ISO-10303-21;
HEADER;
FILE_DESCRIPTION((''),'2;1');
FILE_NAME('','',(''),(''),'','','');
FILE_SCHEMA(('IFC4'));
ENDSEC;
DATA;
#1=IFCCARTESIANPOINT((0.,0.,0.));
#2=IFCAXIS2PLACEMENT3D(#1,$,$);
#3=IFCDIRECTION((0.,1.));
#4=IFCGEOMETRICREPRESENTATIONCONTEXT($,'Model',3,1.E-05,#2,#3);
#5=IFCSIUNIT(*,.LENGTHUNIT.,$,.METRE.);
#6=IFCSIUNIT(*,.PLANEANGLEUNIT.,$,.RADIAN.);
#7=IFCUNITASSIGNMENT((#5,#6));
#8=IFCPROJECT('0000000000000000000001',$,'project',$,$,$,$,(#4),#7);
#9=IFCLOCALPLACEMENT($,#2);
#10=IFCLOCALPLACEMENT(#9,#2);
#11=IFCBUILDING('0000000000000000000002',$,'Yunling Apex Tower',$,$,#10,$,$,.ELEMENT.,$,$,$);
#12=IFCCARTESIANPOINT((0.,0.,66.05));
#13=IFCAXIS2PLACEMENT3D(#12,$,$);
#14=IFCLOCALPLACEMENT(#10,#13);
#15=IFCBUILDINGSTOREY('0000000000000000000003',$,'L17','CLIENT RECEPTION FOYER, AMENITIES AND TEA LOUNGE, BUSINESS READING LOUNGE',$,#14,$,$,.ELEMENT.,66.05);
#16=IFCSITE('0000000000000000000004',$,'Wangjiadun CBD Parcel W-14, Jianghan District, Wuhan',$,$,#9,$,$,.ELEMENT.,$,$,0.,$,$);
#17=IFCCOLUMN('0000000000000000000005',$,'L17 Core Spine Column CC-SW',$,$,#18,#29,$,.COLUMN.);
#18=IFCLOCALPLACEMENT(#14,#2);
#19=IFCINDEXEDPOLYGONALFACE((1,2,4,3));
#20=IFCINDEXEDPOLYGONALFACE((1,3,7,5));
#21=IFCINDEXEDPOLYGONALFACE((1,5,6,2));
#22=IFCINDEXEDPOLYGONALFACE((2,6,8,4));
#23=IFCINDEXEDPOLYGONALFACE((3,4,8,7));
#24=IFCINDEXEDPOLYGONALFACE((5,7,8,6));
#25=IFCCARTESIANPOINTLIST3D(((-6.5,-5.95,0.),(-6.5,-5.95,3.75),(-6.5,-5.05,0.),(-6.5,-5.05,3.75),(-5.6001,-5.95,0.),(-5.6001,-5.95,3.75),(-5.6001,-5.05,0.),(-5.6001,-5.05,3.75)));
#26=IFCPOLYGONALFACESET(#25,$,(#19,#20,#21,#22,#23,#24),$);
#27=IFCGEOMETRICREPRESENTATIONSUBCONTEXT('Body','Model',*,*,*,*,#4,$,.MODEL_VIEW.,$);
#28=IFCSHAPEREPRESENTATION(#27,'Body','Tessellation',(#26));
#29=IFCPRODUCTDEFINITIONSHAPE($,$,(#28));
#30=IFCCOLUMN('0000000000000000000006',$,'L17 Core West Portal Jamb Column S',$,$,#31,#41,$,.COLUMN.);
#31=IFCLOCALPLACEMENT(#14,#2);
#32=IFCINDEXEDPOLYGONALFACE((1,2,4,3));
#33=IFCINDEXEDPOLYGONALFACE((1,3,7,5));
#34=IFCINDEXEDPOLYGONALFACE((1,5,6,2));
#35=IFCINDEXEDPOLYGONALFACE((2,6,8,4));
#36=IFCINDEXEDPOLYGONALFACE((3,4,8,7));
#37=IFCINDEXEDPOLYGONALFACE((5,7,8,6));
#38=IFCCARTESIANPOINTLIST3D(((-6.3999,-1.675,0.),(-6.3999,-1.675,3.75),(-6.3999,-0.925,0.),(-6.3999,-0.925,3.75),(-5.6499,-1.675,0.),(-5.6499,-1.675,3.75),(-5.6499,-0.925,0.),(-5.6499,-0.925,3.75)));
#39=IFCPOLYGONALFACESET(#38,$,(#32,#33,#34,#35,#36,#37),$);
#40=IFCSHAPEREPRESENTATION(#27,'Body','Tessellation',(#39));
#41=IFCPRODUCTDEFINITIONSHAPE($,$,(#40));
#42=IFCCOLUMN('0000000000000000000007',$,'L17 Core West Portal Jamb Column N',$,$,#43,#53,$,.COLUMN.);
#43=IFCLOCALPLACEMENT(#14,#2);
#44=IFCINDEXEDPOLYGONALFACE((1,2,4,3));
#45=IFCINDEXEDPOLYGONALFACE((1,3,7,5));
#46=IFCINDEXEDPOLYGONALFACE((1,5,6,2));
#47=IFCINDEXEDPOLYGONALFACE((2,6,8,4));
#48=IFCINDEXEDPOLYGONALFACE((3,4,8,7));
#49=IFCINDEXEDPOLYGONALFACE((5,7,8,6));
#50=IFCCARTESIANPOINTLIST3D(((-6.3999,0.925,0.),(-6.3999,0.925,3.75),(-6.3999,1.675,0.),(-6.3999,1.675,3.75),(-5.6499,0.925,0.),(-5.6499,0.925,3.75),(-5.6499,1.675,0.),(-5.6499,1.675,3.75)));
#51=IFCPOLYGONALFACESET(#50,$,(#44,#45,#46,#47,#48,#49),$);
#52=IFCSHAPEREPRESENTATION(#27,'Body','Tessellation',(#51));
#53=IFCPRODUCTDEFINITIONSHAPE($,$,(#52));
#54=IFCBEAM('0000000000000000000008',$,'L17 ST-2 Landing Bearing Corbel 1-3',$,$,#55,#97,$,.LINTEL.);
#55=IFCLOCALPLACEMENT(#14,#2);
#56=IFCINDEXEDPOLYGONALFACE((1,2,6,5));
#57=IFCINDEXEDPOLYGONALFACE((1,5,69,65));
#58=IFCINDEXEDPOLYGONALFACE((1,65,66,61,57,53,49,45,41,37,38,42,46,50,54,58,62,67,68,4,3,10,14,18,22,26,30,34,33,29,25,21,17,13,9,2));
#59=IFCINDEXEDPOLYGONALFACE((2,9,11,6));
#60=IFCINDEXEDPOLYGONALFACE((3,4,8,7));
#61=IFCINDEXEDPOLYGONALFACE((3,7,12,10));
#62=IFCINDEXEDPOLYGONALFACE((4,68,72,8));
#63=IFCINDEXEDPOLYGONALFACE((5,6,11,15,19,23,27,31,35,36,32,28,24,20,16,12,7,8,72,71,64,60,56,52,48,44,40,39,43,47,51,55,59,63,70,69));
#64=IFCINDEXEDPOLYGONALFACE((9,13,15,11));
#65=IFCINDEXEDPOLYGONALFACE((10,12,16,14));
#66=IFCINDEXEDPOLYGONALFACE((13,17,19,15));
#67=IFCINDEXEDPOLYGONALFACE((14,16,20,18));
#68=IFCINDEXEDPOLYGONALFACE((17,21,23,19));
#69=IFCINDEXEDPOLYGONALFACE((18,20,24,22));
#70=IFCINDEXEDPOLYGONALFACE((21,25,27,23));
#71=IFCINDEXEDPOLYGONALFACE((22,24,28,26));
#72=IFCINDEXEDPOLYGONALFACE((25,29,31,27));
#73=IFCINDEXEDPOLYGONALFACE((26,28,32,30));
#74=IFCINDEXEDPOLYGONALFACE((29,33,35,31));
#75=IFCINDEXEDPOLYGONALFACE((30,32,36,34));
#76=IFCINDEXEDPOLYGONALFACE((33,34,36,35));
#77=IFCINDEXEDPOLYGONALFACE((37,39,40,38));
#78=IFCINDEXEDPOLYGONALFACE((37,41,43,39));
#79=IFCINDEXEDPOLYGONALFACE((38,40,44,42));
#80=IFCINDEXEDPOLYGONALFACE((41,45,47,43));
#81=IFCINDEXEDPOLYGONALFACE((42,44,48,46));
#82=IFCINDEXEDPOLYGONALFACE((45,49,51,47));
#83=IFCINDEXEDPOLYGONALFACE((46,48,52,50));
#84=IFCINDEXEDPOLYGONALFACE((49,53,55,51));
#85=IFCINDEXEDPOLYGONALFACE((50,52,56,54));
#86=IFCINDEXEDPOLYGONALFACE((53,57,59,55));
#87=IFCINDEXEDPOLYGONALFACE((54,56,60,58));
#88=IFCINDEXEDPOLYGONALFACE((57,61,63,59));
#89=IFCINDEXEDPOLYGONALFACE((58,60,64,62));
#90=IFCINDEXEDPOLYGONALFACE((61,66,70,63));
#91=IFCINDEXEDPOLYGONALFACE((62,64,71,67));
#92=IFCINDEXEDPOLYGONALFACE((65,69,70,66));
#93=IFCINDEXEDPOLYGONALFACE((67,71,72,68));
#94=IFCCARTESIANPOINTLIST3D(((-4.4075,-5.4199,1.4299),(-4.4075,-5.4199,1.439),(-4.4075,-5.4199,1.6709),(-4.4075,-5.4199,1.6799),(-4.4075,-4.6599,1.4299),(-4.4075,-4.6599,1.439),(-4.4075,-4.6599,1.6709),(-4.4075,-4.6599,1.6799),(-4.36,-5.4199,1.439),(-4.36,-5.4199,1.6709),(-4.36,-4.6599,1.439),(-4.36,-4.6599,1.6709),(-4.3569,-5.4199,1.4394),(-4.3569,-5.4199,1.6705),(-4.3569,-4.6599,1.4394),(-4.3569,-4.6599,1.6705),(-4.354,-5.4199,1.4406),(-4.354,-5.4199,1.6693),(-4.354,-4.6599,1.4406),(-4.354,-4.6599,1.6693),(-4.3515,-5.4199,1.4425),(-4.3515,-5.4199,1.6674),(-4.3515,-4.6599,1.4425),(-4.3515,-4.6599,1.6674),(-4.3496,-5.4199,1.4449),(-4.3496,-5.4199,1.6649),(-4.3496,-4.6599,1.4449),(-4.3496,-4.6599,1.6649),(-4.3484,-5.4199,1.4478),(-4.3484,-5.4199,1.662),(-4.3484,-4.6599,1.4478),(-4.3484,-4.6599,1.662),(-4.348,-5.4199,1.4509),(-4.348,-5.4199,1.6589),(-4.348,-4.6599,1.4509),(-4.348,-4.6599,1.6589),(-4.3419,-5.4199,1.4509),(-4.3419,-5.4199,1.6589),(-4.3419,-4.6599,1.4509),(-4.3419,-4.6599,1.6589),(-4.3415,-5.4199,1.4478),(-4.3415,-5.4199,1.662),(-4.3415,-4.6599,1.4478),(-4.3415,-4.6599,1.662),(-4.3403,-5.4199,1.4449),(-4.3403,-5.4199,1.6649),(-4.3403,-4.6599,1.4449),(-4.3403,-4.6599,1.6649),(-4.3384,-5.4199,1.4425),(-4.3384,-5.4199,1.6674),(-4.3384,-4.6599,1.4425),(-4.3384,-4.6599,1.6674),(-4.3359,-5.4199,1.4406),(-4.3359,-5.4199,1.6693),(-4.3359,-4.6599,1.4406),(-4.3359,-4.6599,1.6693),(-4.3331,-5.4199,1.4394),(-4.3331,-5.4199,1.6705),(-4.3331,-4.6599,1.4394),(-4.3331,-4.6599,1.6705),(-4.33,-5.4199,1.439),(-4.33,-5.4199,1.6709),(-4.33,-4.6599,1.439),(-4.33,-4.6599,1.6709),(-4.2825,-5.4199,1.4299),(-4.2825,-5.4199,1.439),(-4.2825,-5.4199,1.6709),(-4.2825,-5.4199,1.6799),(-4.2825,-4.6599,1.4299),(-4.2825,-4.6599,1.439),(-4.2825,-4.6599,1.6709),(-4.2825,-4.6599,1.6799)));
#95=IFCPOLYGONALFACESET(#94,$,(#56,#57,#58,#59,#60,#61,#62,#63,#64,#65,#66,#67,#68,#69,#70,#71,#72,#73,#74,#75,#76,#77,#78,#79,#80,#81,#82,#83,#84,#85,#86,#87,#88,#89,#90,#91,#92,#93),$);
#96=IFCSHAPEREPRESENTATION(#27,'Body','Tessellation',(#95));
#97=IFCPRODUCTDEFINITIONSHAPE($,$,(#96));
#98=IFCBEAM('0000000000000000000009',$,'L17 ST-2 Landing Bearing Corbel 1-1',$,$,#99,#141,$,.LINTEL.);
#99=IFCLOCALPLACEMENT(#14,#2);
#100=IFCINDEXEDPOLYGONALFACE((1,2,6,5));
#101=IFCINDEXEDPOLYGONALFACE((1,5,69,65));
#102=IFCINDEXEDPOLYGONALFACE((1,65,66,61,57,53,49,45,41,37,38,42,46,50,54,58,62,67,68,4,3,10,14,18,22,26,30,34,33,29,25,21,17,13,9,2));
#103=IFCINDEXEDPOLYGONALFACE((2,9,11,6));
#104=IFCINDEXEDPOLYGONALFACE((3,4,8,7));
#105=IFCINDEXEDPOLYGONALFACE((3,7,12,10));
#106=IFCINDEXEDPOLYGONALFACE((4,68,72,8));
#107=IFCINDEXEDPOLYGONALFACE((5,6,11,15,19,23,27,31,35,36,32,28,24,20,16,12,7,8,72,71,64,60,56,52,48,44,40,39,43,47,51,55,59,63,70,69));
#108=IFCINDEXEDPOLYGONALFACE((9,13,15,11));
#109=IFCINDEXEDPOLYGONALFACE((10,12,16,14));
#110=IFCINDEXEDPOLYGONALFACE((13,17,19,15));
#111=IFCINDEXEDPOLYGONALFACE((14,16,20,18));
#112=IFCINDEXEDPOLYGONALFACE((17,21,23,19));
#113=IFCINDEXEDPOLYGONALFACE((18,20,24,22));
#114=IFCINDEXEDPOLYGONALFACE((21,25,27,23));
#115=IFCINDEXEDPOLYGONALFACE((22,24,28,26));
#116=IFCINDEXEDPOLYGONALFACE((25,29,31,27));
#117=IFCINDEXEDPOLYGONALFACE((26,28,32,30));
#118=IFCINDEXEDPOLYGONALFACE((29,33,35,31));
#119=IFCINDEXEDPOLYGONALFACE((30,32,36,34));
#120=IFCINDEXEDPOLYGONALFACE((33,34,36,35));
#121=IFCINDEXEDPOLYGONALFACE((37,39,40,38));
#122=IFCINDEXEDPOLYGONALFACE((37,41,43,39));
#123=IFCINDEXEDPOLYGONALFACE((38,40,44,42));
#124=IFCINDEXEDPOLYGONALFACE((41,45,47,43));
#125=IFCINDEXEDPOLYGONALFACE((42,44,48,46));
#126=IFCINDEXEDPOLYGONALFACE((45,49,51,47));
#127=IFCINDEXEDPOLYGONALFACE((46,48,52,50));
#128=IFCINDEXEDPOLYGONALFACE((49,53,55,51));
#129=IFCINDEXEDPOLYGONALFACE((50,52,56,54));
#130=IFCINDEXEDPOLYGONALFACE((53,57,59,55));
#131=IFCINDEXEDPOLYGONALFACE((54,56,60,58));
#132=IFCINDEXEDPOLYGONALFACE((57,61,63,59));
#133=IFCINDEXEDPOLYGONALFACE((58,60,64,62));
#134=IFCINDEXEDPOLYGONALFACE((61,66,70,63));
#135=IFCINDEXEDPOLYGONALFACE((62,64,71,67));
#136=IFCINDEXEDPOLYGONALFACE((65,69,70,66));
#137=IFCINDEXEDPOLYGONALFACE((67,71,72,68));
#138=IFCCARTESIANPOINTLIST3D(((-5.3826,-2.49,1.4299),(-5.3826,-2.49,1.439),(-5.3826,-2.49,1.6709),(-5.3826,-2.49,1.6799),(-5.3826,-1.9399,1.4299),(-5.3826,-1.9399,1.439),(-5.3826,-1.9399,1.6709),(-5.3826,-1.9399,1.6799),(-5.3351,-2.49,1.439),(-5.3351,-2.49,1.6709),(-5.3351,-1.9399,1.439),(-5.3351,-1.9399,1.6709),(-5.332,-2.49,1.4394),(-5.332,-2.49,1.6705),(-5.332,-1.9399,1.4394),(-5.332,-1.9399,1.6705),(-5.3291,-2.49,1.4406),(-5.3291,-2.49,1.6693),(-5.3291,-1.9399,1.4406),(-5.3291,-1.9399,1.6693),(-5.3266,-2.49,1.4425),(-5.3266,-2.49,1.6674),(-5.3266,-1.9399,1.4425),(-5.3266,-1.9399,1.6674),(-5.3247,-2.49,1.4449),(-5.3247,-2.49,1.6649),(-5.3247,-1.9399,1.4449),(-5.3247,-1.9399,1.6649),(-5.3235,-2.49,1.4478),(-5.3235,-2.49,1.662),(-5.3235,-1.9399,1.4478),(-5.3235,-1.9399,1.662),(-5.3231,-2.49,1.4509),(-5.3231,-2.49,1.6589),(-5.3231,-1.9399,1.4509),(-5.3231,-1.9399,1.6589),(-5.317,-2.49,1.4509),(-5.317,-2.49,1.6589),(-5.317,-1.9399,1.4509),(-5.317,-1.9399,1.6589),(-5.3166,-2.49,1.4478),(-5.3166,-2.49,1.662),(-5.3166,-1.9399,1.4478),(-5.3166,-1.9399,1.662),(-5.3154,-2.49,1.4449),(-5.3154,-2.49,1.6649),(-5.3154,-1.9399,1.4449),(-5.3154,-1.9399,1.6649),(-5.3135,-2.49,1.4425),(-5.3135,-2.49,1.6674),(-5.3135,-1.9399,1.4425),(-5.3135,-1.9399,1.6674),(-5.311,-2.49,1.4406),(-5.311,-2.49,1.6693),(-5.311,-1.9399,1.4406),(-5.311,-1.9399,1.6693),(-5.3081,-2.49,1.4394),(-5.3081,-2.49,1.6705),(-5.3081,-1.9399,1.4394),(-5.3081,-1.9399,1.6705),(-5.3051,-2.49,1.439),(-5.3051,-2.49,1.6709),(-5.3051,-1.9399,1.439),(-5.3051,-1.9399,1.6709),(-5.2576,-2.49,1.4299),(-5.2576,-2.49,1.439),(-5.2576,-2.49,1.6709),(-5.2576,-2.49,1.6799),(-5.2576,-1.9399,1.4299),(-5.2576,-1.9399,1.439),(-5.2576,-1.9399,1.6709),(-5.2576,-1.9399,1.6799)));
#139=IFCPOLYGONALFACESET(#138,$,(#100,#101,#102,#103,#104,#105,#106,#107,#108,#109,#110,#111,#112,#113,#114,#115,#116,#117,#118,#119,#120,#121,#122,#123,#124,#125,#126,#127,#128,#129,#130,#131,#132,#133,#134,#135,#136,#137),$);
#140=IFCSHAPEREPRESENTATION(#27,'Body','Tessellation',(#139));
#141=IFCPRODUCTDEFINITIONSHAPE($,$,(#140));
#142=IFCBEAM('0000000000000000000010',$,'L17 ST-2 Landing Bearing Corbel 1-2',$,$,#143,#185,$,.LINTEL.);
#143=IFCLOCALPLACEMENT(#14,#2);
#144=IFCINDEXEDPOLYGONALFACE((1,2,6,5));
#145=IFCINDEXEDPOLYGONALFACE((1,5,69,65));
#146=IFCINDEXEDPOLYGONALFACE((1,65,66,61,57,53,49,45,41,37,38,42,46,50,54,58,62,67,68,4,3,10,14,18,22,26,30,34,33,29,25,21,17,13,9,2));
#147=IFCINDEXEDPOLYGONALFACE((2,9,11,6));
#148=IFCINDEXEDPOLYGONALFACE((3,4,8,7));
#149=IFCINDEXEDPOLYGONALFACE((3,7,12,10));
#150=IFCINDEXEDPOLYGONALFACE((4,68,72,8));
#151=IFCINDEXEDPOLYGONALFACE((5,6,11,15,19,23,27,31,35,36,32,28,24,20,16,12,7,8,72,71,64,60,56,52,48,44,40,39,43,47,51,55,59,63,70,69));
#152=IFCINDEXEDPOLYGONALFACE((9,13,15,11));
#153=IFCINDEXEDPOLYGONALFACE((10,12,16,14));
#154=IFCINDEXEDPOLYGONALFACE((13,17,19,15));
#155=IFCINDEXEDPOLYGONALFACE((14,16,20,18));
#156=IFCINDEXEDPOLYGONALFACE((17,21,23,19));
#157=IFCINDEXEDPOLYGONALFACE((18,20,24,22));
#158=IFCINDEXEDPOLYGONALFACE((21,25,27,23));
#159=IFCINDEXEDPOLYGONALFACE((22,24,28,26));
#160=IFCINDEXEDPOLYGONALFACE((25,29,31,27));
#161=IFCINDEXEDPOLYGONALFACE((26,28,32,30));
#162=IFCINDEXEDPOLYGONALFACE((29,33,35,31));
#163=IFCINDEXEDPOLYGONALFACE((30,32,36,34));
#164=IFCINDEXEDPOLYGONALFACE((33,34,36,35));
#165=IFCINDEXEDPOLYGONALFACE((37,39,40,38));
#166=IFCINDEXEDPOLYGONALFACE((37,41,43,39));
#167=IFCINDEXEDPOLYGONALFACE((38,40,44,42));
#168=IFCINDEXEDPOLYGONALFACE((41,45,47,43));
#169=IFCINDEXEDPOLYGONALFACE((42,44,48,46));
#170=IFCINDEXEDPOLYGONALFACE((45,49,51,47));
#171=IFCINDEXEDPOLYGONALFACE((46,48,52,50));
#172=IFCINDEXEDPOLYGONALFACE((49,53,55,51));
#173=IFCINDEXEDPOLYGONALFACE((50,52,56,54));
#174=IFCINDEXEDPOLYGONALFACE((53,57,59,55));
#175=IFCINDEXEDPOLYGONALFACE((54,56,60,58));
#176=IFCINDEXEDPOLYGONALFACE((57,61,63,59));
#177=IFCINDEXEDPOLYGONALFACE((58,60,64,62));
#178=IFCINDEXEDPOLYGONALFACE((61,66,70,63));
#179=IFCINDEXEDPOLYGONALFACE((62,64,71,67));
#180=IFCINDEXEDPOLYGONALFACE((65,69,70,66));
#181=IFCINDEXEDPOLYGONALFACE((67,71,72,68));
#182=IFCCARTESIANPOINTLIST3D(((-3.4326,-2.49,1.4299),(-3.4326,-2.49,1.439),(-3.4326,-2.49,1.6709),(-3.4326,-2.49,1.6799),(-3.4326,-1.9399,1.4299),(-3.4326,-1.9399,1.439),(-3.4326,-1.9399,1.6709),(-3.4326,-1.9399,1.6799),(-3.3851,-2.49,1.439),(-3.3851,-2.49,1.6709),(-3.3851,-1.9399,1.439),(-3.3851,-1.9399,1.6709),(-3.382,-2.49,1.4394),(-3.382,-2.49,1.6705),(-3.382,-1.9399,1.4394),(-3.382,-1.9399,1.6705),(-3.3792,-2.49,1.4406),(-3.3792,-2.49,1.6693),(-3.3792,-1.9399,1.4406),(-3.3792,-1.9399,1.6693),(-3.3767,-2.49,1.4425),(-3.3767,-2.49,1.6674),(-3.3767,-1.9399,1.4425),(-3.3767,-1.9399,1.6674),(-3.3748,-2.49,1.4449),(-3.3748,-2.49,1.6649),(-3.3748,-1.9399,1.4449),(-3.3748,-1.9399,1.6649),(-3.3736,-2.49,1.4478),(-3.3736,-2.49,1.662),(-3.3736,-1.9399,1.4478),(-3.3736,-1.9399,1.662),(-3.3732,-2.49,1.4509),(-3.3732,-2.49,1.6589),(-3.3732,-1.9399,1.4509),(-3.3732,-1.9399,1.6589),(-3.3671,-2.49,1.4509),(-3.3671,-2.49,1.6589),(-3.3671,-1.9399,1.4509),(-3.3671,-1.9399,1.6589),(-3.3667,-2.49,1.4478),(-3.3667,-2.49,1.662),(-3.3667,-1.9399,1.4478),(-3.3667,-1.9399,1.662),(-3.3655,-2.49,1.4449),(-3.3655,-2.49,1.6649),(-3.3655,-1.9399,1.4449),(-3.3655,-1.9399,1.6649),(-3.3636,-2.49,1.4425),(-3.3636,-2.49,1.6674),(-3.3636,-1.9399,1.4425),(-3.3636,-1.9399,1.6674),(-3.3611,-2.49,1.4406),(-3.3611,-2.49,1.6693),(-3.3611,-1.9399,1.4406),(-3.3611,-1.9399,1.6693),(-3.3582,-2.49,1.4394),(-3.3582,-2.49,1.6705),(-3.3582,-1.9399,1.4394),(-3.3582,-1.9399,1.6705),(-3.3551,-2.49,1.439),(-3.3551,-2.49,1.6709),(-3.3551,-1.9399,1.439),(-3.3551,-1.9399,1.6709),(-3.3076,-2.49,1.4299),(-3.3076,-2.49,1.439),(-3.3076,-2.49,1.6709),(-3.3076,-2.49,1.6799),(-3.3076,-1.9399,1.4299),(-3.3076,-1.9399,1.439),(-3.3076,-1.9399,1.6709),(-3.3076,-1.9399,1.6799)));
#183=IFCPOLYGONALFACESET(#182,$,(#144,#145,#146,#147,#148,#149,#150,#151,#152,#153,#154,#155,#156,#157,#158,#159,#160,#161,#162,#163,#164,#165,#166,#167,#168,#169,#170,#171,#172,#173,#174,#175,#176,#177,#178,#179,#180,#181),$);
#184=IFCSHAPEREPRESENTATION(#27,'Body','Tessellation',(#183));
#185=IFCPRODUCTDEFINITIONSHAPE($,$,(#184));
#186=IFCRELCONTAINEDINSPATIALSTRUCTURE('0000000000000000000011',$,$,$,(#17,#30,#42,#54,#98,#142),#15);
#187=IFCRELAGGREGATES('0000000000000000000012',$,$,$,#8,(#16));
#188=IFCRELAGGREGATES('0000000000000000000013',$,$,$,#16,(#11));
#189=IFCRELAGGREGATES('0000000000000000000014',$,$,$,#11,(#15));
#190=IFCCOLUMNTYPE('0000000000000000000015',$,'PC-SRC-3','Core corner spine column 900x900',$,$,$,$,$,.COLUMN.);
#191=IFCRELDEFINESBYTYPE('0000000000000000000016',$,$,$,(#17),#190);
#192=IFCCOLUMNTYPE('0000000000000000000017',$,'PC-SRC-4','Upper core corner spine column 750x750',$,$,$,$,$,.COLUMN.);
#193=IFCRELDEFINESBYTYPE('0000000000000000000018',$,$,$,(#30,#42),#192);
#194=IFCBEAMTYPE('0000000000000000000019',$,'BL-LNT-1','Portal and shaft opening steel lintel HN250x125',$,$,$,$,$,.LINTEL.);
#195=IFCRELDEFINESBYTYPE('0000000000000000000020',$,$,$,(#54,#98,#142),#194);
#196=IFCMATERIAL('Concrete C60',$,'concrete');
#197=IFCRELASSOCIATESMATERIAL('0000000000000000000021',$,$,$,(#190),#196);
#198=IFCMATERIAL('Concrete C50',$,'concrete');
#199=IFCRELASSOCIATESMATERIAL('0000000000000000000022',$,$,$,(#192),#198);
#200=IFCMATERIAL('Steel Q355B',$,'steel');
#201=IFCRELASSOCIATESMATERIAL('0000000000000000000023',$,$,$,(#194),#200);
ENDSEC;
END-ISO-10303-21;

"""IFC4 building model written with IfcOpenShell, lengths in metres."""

from ifc_helpers import new_model, si_unit, direction, frame, origin, origin_2d, place, context, subcontext, project, spatial, rectangle, i_section, extrude, source, transform, mapped, material, material_profile, profile_set, type_object, element, save


model = new_model("IFC4")

# Units and contexts
model_context = context("Model", 3, precision=1e-05, world=origin(), true_north=direction((0.0, 1.0)))
body_context = subcontext(model_context, "Body", "Model", "MODEL_VIEW")
ifc_project = project(units=[si_unit("LENGTHUNIT", "METRE"), si_unit("PLANEANGLEUNIT", "RADIAN")], contexts=[model_context])

# Site, building, storey
site_placement = place(None, origin())
site = spatial("IfcSite", under=ifc_project, at=site_placement, Name="Wangjiadun CBD Parcel W-14, Jianghan District, Wuhan", CompositionType="ELEMENT", RefElevation=0.0)
building_placement = place(site_placement, origin())
building = spatial("IfcBuilding", under=site, at=building_placement, Name="Yunling Apex Tower", CompositionType="ELEMENT")
storey_placement = place(building_placement, frame((0.0, 0.0, 66.05)))
storey = spatial("IfcBuildingStorey", under=building, at=storey_placement, Name="L17", Description="CLIENT RECEPTION FOYER, AMENITIES AND TEA LOUNGE, BUSINESS READING LOUNGE", CompositionType="ELEMENT", Elevation=66.05)

# Columns
ifc_material_1 = material(Name="Concrete C60", Category="concrete")
ifc_material_profile_1 = material_profile(ifc_material_1, rectangle(XDim=0.8999, YDim=0.8999, at=origin_2d()))
ifc_profile_set_1 = profile_set([ifc_material_profile_1], Name="Concrete C60")
column_type_1 = type_object("IfcColumnType", Name="PC-SRC-3", Description="Core corner spine column 900x900", PredefinedType="COLUMN", material=ifc_profile_set_1)
shared_shape_1 = source(origin(), body_context, "Body", "SweptSolid", [
    extrude(rectangle(XDim=0.8999, YDim=0.8999, at=origin_2d()), origin(), (0.0, 0.0, 1.0), 3.75),
])
column_placement = place(storey_placement, frame((-6.05, -5.5, 0.0), z_axis=(0.0, 0.0, 1.0), x_axis=(1.0, 0.0, 0.0)))
element("IfcColumn", 1, at=column_placement, inside=storey, type_object=column_type_1, Name="L17 Core Spine Column CC-SW", PredefinedType="COLUMN", context=body_context, shape_type="MappedRepresentation", body=[
    mapped(shared_shape_1, transform((0.0, 0.0, 0.0), scale=1.0)),
])
ifc_material_2 = material(Name="Concrete C50", Category="concrete")
ifc_material_profile_2 = material_profile(ifc_material_2, rectangle(XDim=0.75, YDim=0.75, at=origin_2d()))
ifc_profile_set_2 = profile_set([ifc_material_profile_2], Name="Concrete C50")
column_type_2 = type_object("IfcColumnType", Name="PC-SRC-4", Description="Upper core corner spine column 750x750", PredefinedType="COLUMN", material=ifc_profile_set_2)
shared_shape_2 = source(origin(), body_context, "Body", "SweptSolid", [
    extrude(rectangle(XDim=0.75, YDim=0.75, at=origin_2d()), origin(), (0.0, 0.0, 1.0), 3.75),
])
for number, where, z_axis, x_axis, name in (
    (2, (-6.0249, -1.3, 0.0), (0.0, 0.0, 1.0), (1.0, 0.0, 0.0), "L17 Core West Portal Jamb Column S"),
    (3, (-6.0249, 1.3, 0.0), (0.0, 0.0, 1.0), (1.0, 0.0, 0.0), "L17 Core West Portal Jamb Column N"),
):
    element("IfcColumn", number, at=place(storey_placement, frame(where, z_axis=z_axis, x_axis=x_axis)), inside=storey, type_object=column_type_2, Name=name, PredefinedType="COLUMN", context=body_context, shape_type="MappedRepresentation", body=[
        mapped(shared_shape_2, transform((0.0, 0.0, 0.0), scale=1.0)),
    ])

# Beams
ifc_material_3 = material(Name="Steel Q355B", Category="steel")
ifc_material_profile_3 = material_profile(ifc_material_3, i_section(OverallWidth=0.125, OverallDepth=0.25, WebThickness=0.0061, FlangeThickness=0.009, FilletRadius=0.012, at=origin_2d()))
ifc_profile_set_3 = profile_set([ifc_material_profile_3], Name="Steel Q355B")
beam_type_1 = type_object("IfcBeamType", Name="BL-LNT-1", Description="Portal and shaft opening steel lintel HN250x125", PredefinedType="LINTEL", material=ifc_profile_set_3)
shared_shape_3 = source(origin(), body_context, "Body", "SweptSolid", [
    extrude(i_section(OverallWidth=0.125, OverallDepth=0.25, WebThickness=0.0061, FlangeThickness=0.009, FilletRadius=0.012, at=origin_2d()), origin(), (0.0, 0.0, 1.0), 0.76),
])
beam_1_placement = place(storey_placement, frame((-4.345, -5.4199, 1.5549), z_axis=(0.0, 1.0, 0.0), x_axis=(-1.0, 0.0, 0.0)))
element("IfcBeam", 4, at=beam_1_placement, inside=storey, type_object=beam_type_1, Name="L17 ST-2 Landing Bearing Corbel 1-3", PredefinedType="LINTEL", context=body_context, shape_type="MappedRepresentation", body=[
    mapped(shared_shape_3, transform((0.0, 0.0, 0.0), scale=1.0)),
])
shared_shape_4 = source(origin(), body_context, "Body", "SweptSolid", [
    extrude(i_section(OverallWidth=0.125, OverallDepth=0.25, WebThickness=0.0061, FlangeThickness=0.009, FilletRadius=0.012, at=origin_2d()), origin(), (0.0, 0.0, 1.0), 0.55),
])
for number, where, z_axis, x_axis, name in (
    (5, (-5.3201, -1.9399, 1.5549), (0.0, -1.0, 0.0), (1.0, 0.0, 0.0), "L17 ST-2 Landing Bearing Corbel 1-1"),
    (6, (-3.3701, -1.9399, 1.5549), (0.0, -1.0, 0.0), (1.0, 0.0, 0.0), "L17 ST-2 Landing Bearing Corbel 1-2"),
):
    element("IfcBeam", number, at=place(storey_placement, frame(where, z_axis=z_axis, x_axis=x_axis)), inside=storey, type_object=beam_type_1, Name=name, PredefinedType="LINTEL", context=body_context, shape_type="MappedRepresentation", body=[
        mapped(shared_shape_4, transform((0.0, 0.0, 0.0), scale=1.0)),
    ])

save(model, "model.ifc")
